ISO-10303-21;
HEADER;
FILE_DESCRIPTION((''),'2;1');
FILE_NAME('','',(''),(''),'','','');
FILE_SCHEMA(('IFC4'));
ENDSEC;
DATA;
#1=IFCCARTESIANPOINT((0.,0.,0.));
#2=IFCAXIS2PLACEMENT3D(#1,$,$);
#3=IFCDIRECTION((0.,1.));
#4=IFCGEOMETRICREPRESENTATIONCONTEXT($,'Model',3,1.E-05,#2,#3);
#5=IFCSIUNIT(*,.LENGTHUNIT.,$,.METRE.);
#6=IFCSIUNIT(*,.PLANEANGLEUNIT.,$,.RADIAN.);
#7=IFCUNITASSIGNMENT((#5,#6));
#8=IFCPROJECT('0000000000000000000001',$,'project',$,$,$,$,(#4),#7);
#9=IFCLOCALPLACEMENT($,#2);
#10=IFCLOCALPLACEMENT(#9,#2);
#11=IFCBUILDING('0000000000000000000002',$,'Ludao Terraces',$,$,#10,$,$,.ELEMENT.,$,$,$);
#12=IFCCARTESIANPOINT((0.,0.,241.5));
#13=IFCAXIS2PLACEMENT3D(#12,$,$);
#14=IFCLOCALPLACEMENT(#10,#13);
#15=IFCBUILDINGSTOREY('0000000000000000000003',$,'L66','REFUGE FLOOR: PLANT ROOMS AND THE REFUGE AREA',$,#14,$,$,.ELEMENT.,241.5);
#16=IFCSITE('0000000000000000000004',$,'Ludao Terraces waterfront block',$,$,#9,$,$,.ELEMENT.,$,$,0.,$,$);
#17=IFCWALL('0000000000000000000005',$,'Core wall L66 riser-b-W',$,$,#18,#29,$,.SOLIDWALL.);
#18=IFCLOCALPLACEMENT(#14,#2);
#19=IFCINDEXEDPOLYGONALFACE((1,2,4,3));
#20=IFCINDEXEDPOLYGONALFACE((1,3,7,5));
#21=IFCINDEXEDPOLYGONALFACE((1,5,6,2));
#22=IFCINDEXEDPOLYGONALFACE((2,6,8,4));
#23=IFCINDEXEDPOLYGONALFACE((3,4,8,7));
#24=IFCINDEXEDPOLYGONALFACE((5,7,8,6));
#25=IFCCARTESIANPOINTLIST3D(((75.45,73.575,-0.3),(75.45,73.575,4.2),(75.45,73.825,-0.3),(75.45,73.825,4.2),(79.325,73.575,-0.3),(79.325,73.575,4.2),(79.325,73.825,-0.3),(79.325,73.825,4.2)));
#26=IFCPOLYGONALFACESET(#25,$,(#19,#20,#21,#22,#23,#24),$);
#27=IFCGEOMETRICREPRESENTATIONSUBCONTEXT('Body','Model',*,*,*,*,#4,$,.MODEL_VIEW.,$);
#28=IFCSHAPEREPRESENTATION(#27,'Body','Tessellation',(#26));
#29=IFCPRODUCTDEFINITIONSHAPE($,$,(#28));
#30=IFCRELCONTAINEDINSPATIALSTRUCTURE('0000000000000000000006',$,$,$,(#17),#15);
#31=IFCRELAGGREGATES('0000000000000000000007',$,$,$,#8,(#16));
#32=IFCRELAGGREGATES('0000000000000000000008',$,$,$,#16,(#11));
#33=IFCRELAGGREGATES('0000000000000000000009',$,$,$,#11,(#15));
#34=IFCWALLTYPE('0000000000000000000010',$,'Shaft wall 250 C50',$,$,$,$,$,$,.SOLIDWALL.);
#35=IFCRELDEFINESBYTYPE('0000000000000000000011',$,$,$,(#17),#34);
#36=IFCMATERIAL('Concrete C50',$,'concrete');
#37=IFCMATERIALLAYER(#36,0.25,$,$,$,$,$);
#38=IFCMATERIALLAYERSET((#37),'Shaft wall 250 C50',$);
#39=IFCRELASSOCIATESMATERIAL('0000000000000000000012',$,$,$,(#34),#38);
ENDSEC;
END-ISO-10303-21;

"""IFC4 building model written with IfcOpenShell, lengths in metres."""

from ifc_helpers import new_model, si_unit, direction, frame, frame_2d, origin, place, context, subcontext, project, spatial, rectangle, extrude, material, layer, layer_set, type_object, element, save


model = new_model("IFC4")

# Units and contexts
model_context = context("Model", 3, precision=1e-05, world=origin(), true_north=direction((0.0, 1.0)))
body_context = subcontext(model_context, "Body", "Model", "MODEL_VIEW")
ifc_project = project(units=[si_unit("LENGTHUNIT", "METRE"), si_unit("PLANEANGLEUNIT", "RADIAN")], contexts=[model_context])

# Site, building, storey
site_placement = place(None, origin())
site = spatial("IfcSite", under=ifc_project, at=site_placement, Name="Ludao Terraces waterfront block", CompositionType="ELEMENT", RefElevation=0.0)
building_placement = place(site_placement, origin())
building = spatial("IfcBuilding", under=site, at=building_placement, Name="Ludao Terraces", CompositionType="ELEMENT")
storey_placement = place(building_placement, frame((0.0, 0.0, 241.5)))
storey = spatial("IfcBuildingStorey", under=building, at=storey_placement, Name="L66", Description="REFUGE FLOOR: PLANT ROOMS AND THE REFUGE AREA", CompositionType="ELEMENT", Elevation=241.5)

# Shared definitions
ifc_material_1 = material(Name="Concrete C50", Category="concrete")

# Shared definitions
ifc_layer_1 = layer(ifc_material_1, 0.25)
ifc_layer_set_1 = layer_set([ifc_layer_1], Name="Shaft wall 250 C50")
wall_type_1 = type_object("IfcWallType", Name="Shaft wall 250 C50", PredefinedType="SOLIDWALL", material=ifc_layer_set_1)

# Wall
wall_1_placement = place(storey_placement, frame((75.45, 73.7, -0.3), z_axis=(0.0, 0.0, 1.0), x_axis=(1.0, 0.0, 0.0)))
element("IfcWall", 1, at=wall_1_placement, inside=storey, type_object=wall_type_1, Name="Core wall L66 riser-b-W", PredefinedType="SOLIDWALL", context=body_context, shape_type="SweptSolid", body=[
    extrude(rectangle(XDim=3.875, YDim=0.25, at=frame_2d((1.9375, 0.0))), origin(), (0.0, 0.0, 1.0), 4.5),
])

save(model, "model.ifc")
